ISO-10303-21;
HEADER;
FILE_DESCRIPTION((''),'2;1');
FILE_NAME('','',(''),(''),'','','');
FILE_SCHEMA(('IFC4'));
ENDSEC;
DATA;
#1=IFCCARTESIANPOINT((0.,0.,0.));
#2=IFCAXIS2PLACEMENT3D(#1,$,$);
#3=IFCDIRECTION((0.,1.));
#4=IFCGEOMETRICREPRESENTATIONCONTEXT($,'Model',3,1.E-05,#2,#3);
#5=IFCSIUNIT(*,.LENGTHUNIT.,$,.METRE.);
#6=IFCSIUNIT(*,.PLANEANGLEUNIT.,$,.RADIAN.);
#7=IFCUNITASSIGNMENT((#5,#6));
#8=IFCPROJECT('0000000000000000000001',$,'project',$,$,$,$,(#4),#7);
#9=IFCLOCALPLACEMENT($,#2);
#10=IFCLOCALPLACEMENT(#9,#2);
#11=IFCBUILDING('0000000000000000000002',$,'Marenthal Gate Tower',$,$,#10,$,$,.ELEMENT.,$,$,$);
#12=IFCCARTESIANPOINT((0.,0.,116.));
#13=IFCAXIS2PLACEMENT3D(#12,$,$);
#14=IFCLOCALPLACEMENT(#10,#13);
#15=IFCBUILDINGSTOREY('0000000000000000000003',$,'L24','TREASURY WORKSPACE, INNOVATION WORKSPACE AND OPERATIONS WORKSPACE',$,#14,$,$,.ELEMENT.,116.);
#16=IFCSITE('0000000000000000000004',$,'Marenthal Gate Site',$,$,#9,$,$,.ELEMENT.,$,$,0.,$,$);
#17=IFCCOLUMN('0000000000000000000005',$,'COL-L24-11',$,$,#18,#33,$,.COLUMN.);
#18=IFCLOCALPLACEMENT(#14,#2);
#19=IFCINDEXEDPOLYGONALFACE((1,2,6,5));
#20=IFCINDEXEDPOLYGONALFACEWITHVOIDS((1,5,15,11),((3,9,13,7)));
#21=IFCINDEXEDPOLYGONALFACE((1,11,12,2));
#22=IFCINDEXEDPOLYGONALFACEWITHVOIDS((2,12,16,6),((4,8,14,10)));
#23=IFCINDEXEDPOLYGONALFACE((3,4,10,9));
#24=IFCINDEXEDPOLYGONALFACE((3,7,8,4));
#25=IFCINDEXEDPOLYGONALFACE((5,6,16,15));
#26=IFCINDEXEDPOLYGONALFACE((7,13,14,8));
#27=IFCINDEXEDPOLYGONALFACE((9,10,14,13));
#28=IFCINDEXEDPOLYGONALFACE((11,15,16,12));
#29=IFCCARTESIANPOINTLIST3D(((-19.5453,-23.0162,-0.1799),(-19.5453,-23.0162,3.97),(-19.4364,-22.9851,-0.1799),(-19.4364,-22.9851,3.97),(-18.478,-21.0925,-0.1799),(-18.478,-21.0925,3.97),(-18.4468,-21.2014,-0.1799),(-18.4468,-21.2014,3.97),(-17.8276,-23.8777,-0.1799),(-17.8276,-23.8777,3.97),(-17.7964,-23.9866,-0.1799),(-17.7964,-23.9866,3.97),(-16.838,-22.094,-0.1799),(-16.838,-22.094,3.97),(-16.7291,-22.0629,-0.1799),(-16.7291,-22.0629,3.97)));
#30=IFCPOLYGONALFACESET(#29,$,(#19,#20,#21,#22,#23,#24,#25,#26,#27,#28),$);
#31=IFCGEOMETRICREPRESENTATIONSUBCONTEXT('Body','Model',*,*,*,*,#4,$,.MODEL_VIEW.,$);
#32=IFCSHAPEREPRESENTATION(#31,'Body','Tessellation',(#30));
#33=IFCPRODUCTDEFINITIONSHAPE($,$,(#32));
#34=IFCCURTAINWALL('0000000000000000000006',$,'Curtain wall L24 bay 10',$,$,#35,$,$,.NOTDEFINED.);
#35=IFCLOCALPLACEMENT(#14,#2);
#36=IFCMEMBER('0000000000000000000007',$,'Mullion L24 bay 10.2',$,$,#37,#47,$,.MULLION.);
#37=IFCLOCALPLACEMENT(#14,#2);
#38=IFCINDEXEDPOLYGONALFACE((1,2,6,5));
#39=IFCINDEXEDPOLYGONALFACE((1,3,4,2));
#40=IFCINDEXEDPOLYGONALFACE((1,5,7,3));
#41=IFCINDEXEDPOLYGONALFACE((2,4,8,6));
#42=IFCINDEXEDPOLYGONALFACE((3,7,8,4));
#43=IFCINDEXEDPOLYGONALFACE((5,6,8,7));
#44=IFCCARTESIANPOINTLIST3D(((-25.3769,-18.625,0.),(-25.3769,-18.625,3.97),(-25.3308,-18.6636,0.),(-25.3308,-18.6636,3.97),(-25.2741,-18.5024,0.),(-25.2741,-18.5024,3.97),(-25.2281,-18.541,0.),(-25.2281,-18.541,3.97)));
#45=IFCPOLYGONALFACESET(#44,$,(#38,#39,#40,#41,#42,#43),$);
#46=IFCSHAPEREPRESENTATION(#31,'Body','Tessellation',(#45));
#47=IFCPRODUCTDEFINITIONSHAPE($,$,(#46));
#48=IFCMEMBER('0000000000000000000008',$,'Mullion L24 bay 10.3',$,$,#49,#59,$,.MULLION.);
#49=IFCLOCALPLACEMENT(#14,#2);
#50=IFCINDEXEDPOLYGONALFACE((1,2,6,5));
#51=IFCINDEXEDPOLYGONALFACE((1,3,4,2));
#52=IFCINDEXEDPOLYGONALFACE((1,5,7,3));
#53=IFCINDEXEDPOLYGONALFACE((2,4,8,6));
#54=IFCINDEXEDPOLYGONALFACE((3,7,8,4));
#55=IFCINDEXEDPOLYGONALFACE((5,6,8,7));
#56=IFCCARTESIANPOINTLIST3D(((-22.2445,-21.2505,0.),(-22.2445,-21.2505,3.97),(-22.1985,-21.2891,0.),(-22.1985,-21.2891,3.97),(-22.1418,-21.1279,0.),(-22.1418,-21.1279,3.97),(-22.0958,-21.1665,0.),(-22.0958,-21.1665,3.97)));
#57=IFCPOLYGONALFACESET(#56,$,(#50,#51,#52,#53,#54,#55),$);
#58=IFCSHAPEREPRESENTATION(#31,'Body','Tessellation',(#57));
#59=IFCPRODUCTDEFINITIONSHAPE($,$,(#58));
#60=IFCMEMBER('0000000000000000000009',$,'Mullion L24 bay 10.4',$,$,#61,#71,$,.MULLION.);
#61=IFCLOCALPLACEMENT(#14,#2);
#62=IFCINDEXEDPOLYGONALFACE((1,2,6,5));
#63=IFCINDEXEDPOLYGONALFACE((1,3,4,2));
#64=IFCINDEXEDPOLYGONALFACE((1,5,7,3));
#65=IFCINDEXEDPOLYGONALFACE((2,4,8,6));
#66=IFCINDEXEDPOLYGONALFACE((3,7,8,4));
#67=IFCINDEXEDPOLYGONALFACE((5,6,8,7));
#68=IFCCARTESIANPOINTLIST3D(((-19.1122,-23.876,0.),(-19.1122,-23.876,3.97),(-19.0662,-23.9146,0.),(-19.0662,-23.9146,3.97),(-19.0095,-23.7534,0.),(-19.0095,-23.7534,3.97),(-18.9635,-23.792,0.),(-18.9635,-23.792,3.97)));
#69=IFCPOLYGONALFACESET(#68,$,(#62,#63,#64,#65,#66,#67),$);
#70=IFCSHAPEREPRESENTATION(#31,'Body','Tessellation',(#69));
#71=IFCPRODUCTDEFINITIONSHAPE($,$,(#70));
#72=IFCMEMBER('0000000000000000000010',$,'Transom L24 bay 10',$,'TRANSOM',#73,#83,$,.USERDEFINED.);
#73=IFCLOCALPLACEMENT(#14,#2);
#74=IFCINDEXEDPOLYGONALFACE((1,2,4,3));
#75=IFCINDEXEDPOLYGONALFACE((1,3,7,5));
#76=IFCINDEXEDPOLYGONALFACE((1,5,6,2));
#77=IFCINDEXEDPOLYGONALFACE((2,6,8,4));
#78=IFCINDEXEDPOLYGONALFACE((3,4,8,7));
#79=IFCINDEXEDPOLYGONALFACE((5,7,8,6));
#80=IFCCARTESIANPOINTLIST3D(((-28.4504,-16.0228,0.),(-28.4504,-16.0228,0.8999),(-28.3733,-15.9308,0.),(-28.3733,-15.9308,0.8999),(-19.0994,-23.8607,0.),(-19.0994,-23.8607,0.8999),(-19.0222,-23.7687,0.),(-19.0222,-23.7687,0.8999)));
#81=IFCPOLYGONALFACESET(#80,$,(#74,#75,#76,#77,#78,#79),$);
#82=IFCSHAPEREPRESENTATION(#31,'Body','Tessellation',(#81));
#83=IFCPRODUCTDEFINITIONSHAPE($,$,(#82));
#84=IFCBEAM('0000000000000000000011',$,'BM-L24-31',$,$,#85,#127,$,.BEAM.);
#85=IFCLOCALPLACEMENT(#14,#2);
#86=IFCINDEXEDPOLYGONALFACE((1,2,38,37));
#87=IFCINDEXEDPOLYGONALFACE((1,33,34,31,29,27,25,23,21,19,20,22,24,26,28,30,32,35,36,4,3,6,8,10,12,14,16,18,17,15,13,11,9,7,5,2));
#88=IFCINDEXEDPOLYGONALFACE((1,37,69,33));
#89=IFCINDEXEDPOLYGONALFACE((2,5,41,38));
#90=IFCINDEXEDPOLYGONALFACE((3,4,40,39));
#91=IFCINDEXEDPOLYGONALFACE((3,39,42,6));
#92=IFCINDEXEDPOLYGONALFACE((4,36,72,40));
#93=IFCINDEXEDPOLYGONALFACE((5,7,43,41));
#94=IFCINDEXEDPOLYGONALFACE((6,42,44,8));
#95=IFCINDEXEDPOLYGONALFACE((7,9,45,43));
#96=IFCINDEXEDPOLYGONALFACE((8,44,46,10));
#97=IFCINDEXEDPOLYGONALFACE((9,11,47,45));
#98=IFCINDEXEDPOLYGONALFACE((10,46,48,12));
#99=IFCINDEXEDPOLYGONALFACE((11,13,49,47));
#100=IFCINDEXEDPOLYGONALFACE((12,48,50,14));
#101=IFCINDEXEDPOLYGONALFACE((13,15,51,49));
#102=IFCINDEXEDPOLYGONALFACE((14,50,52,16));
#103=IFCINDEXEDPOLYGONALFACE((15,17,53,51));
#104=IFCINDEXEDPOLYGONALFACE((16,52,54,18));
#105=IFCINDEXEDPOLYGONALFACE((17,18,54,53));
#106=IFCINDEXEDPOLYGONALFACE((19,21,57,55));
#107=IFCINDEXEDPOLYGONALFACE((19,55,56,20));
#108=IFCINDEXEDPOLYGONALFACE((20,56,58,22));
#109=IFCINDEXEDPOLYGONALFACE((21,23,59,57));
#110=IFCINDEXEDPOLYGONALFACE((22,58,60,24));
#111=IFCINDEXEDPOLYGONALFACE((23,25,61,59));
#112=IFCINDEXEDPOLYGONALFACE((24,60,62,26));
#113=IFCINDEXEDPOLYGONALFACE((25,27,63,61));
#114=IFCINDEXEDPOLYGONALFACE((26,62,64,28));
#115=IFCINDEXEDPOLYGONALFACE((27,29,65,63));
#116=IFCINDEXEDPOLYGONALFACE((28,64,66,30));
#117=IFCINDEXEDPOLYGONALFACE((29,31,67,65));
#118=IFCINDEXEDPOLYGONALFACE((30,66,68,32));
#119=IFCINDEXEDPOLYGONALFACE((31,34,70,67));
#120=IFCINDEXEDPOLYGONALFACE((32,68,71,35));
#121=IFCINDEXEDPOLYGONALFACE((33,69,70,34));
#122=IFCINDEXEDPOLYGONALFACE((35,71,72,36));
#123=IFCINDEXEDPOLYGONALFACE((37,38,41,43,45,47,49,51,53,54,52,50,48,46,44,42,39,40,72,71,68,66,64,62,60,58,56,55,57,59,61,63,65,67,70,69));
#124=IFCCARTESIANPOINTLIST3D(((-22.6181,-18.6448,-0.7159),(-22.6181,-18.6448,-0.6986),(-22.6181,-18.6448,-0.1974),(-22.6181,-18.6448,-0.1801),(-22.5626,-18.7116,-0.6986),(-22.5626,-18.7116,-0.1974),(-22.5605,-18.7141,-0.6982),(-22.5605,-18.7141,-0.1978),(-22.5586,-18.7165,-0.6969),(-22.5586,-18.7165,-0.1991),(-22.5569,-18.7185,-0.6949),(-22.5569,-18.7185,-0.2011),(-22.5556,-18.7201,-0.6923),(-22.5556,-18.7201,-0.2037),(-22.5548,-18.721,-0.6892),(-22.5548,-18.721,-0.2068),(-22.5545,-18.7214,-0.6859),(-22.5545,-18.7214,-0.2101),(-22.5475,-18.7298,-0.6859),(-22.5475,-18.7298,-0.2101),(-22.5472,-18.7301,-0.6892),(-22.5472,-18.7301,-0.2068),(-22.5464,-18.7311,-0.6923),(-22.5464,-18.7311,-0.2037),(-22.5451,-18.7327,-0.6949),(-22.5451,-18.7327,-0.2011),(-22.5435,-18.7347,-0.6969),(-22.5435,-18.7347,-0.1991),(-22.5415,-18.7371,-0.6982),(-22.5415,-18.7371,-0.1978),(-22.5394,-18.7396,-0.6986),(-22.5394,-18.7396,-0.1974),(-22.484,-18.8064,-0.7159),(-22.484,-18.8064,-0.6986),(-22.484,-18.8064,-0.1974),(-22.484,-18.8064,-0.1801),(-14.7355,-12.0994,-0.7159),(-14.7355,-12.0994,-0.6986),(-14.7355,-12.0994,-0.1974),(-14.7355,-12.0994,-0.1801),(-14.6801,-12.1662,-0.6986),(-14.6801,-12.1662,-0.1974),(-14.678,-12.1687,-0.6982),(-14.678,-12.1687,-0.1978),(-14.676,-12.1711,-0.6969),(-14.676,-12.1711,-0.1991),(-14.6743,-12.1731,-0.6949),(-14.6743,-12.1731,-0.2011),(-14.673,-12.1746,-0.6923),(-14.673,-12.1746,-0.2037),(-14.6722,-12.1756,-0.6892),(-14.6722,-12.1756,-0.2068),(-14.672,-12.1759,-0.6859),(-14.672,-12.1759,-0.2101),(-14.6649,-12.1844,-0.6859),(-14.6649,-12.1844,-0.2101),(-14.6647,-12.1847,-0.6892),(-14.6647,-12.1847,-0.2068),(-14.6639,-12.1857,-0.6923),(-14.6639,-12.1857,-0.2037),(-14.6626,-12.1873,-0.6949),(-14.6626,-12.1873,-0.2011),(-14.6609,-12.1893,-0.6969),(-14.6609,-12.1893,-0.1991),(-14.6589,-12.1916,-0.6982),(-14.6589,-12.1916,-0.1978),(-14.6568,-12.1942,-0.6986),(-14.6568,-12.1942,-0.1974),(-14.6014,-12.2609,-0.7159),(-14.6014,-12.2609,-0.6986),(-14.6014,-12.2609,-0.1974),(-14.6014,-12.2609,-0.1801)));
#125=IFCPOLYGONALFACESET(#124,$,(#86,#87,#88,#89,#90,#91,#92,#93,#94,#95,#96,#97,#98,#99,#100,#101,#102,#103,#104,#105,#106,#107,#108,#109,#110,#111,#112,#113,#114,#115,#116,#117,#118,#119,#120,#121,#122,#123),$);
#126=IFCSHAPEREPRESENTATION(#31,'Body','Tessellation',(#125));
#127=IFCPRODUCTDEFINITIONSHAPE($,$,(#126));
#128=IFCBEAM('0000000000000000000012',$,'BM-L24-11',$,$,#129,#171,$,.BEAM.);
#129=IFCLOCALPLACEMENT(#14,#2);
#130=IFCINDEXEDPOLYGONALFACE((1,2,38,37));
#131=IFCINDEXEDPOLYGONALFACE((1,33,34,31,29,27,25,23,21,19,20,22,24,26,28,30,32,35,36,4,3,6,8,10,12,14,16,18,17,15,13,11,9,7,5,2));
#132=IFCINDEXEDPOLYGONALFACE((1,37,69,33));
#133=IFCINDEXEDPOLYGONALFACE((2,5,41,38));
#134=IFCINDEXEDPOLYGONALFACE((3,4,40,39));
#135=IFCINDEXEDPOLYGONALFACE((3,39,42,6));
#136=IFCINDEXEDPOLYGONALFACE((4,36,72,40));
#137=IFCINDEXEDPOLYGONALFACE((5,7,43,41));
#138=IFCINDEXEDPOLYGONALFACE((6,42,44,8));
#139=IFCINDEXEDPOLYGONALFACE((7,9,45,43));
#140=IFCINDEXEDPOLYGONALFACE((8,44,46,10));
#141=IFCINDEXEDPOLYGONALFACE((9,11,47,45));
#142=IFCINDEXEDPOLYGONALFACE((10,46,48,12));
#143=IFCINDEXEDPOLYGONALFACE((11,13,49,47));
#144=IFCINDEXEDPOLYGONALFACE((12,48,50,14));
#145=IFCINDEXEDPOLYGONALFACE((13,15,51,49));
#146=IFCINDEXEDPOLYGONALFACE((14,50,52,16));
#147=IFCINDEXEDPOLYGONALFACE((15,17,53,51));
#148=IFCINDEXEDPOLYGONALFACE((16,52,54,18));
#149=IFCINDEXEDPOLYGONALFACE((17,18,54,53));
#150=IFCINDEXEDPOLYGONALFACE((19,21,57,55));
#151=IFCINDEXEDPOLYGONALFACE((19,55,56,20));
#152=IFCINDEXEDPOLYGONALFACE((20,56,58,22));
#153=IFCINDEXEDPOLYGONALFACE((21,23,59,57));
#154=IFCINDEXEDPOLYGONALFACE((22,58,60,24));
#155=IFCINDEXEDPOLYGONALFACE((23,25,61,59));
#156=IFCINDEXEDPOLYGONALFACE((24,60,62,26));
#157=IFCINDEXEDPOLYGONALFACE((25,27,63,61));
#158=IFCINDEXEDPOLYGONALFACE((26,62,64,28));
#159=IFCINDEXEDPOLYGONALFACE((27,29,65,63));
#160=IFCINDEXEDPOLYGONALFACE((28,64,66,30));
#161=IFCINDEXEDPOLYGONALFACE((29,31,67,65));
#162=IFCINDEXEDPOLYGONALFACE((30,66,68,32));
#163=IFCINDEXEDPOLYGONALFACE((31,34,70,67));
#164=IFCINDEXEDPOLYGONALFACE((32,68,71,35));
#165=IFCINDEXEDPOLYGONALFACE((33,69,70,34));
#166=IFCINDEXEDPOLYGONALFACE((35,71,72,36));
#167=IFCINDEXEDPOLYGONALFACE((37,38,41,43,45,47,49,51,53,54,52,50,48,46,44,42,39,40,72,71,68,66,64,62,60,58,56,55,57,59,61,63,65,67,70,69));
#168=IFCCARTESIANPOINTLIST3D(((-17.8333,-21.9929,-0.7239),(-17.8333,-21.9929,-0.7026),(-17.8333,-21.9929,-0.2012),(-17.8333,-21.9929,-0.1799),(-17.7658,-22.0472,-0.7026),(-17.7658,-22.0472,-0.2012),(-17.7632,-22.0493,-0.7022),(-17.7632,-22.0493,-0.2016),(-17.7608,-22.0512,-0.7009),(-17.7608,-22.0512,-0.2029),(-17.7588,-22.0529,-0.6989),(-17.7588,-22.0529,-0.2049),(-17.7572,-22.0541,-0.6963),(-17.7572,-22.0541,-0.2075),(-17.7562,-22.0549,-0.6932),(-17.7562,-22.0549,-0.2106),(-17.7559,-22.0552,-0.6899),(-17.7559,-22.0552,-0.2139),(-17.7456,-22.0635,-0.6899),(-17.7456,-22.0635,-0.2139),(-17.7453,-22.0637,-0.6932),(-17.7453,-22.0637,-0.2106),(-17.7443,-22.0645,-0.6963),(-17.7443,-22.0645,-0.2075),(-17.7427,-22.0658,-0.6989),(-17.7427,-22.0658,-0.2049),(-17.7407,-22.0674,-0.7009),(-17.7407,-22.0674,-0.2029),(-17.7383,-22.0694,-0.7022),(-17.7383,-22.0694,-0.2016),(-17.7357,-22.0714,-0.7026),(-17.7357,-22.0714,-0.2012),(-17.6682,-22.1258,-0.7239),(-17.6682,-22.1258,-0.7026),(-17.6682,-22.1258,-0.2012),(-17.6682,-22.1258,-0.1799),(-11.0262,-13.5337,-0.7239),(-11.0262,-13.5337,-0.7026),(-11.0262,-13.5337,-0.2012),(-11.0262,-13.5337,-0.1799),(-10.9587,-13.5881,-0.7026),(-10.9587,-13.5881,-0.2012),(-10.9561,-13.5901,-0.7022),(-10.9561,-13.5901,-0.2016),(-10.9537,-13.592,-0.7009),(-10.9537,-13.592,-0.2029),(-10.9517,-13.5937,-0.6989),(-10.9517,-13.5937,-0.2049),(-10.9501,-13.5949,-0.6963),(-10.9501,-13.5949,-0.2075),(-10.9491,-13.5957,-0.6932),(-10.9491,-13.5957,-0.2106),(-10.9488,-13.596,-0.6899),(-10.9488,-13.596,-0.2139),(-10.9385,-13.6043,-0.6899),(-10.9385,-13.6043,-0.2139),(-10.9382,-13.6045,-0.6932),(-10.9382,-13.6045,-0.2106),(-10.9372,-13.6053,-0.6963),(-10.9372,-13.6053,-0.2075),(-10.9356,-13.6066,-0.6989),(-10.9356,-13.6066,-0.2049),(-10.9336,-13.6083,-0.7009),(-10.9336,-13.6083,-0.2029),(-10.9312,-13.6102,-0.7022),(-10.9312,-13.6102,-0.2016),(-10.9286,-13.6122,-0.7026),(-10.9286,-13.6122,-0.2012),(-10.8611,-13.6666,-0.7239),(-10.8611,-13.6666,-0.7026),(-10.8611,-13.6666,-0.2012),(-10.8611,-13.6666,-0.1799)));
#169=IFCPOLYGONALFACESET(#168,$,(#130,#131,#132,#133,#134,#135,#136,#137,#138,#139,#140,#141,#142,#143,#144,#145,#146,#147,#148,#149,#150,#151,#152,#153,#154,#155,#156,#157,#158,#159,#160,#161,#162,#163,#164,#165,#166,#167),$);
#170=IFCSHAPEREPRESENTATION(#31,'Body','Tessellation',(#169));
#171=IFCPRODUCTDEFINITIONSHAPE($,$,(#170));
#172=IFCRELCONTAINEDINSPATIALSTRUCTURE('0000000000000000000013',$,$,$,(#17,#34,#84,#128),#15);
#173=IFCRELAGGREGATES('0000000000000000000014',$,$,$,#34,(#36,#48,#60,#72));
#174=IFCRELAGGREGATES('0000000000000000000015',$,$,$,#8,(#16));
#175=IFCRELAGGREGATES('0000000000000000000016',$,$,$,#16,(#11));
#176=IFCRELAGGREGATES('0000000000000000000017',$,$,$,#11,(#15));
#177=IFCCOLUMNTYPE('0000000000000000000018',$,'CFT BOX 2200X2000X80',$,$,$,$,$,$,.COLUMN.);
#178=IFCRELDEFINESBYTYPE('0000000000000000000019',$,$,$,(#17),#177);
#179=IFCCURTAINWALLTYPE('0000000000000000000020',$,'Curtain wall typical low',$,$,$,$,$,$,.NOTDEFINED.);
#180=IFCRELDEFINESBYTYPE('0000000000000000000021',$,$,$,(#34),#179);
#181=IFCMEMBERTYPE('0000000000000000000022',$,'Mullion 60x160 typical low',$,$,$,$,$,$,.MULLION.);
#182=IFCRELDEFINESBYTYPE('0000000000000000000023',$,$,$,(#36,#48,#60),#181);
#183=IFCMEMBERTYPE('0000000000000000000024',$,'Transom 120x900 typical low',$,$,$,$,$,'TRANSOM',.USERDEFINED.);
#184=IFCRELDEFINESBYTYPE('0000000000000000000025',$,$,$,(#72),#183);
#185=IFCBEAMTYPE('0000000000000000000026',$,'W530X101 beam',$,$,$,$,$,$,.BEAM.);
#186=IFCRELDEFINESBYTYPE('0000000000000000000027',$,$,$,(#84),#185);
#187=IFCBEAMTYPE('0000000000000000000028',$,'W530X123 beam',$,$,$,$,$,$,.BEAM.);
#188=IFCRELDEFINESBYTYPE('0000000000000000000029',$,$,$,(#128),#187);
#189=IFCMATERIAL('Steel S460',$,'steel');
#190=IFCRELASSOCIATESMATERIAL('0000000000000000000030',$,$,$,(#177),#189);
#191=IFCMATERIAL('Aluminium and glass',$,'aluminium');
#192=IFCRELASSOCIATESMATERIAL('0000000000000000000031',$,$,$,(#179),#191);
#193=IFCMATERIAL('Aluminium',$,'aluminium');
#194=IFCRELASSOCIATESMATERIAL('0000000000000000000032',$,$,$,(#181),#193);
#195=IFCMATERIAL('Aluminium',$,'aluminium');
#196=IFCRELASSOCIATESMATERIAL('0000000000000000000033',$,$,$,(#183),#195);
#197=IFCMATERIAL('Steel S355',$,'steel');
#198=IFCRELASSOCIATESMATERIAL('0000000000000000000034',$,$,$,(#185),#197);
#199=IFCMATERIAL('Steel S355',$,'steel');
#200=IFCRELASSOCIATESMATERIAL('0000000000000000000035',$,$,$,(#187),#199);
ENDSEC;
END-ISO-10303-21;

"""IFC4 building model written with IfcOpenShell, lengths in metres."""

from ifc_helpers import new_model, si_unit, direction, frame, origin, origin_2d, place, context, subcontext, project, spatial, rectangle, hollow_rectangle, i_section, extrude, material, material_profile, profile_set, type_object, element, aggregate, save


model = new_model("IFC4")

# Units and contexts
model_context = context("Model", 3, precision=1e-05, world=origin(), true_north=direction((0.0, 1.0)))
body_context = subcontext(model_context, "Body", "Model", "MODEL_VIEW")
ifc_project = project(units=[si_unit("LENGTHUNIT", "METRE"), si_unit("PLANEANGLEUNIT", "RADIAN")], contexts=[model_context])

# Site, building, storey
site_placement = place(None, origin())
site = spatial("IfcSite", under=ifc_project, at=site_placement, Name="Marenthal Gate Site", CompositionType="ELEMENT", RefElevation=0.0)
building_placement = place(site_placement, origin())
building = spatial("IfcBuilding", under=site, at=building_placement, Name="Marenthal Gate Tower", CompositionType="ELEMENT")
storey_placement = place(building_placement, frame((0.0, 0.0, 116.0)))
storey = spatial("IfcBuildingStorey", under=building, at=storey_placement, Name="L24", Description="TREASURY WORKSPACE, INNOVATION WORKSPACE AND OPERATIONS WORKSPACE", CompositionType="ELEMENT", Elevation=116.0)

# Column
ifc_material_1 = material(Name="Steel S460", Category="steel")
ifc_material_profile_1 = material_profile(ifc_material_1, hollow_rectangle(XDim=2.0, YDim=2.2, WallThickness=0.0801, at=origin_2d()), Name="CFT BOX 2200X2000X80")
ifc_material_2 = material(Name="Concrete 70 MPa", Category="concrete")
ifc_material_profile_2 = material_profile(ifc_material_2, rectangle(XDim=1.8401, YDim=2.04, at=origin_2d()), Name="CFT BOX 2200X2000X80 INFILL")
ifc_profile_set_1 = profile_set([ifc_material_profile_1, ifc_material_profile_2], Name="Steel S460 shell, Concrete 70 MPa infill")
column_type = type_object("IfcColumnType", Name="CFT BOX 2200X2000X80", PredefinedType="COLUMN", material=ifc_profile_set_1)
column_placement = place(storey_placement, frame((-18.1372, -22.5396, -0.1799), z_axis=(0.0, 0.0, 1.0), x_axis=(-0.874427, 0.485158, 0.0)))
element("IfcColumn", 1, at=column_placement, inside=storey, type_object=column_type, Name="COL-L24-11", PredefinedType="COLUMN", context=body_context, shape_type="SweptSolid", body=[
    extrude(hollow_rectangle(XDim=2.0, YDim=2.2, WallThickness=0.0801, at=origin_2d()), origin(), (0.0, 0.0, 1.0), 4.1499),
])

# Curtain wall, members
ifc_material_3 = material(Name="Aluminium and glass", Category="aluminium")
curtain_wall_type = type_object("IfcCurtainWallType", Name="Curtain wall typical low", PredefinedType="NOTDEFINED", material=ifc_material_3)
curtain_wall_placement = place(storey_placement, origin())
curtain_wall = element("IfcCurtainWall", 2, at=curtain_wall_placement, inside=storey, type_object=curtain_wall_type, Name="Curtain wall L24 bay 10", PredefinedType="NOTDEFINED")
ifc_material_4 = material(Name="Aluminium", Category="aluminium")
ifc_material_profile_3 = material_profile(ifc_material_4, rectangle(XDim=0.1599, YDim=0.0601, at=origin_2d()), Name="60x160 aluminium mullion")
ifc_profile_set_2 = profile_set([ifc_material_profile_3], Name="Aluminium")
member_type_1 = type_object("IfcMemberType", Name="Mullion 60x160 typical low", PredefinedType="MULLION", material=ifc_profile_set_2)
member_1_placement = place(storey_placement, frame((-25.3025, -18.583, 0.0), z_axis=(0.0, 0.0, 1.0), x_axis=(0.642377, 0.766389, 0.0)))
member_1 = element("IfcMember", 3, at=member_1_placement, type_object=member_type_1, Name="Mullion L24 bay 10.2", PredefinedType="MULLION", context=body_context, shape_type="SweptSolid", body=[
    extrude(rectangle(XDim=0.1599, YDim=0.0601, at=origin_2d()), origin(), (0.0, 0.0, 1.0), 3.97),
])
member_2_placement = place(storey_placement, frame((-22.1702, -21.2085, 0.0), z_axis=(0.0, 0.0, 1.0), x_axis=(0.642377, 0.766389, 0.0)))
member_2 = element("IfcMember", 4, at=member_2_placement, type_object=member_type_1, Name="Mullion L24 bay 10.3", PredefinedType="MULLION", context=body_context, shape_type="SweptSolid", body=[
    extrude(rectangle(XDim=0.1599, YDim=0.0601, at=origin_2d()), origin(), (0.0, 0.0, 1.0), 3.97),
])
member_3_placement = place(storey_placement, frame((-19.0378, -23.834, 0.0), z_axis=(0.0, 0.0, 1.0), x_axis=(0.642377, 0.766389, 0.0)))
member_3 = element("IfcMember", 5, at=member_3_placement, type_object=member_type_1, Name="Mullion L24 bay 10.4", PredefinedType="MULLION", context=body_context, shape_type="SweptSolid", body=[
    extrude(rectangle(XDim=0.1599, YDim=0.0601, at=origin_2d()), origin(), (0.0, 0.0, 1.0), 3.97),
])
ifc_material_5 = material(Name="Aluminium", Category="aluminium")
ifc_material_profile_4 = material_profile(ifc_material_5, rectangle(XDim=0.1201, YDim=0.8999, at=origin_2d()), Name="120x900 aluminium transom")
ifc_profile_set_3 = profile_set([ifc_material_profile_4], Name="Aluminium")
member_type_2 = type_object("IfcMemberType", Name="Transom 120x900 typical low", ElementType="TRANSOM", PredefinedType="USERDEFINED", material=ifc_profile_set_3)
member_4_placement = place(storey_placement, frame((-28.4119, -15.9768, 0.45), z_axis=(0.766391, -0.642374, 0.0), x_axis=(0.642374, 0.766391, 0.0)))
member_4 = element("IfcMember", 6, at=member_4_placement, type_object=member_type_2, Name="Transom L24 bay 10", ObjectType="TRANSOM", PredefinedType="USERDEFINED", context=body_context, shape_type="SweptSolid", body=[
    extrude(rectangle(XDim=0.1201, YDim=0.8999, at=origin_2d()), origin(), (0.0, 0.0, 1.0), 12.2014),
])

# Beams
ifc_material_6 = material(Name="Steel S355", Category="steel")
ifc_material_profile_5 = material_profile(ifc_material_6, i_section(OverallWidth=0.21, OverallDepth=0.5359, WebThickness=0.011, FlangeThickness=0.0173, FilletRadius=0.0127, at=origin_2d()), Name="W530X101")
ifc_profile_set_4 = profile_set([ifc_material_profile_5], Name="Steel S355")
beam_type_1 = type_object("IfcBeamType", Name="W530X101 beam", PredefinedType="BEAM", material=ifc_profile_set_4)
beam_1_placement = place(storey_placement, frame((-22.551, -18.7256, -0.448), z_axis=(0.769343, 0.638836, 0.0), x_axis=(-0.638836, 0.769343, 0.0)))
element("IfcBeam", 7, at=beam_1_placement, inside=storey, type_object=beam_type_1, Name="BM-L24-31", PredefinedType="BEAM", context=body_context, shape_type="SweptSolid", body=[
    extrude(i_section(OverallWidth=0.21, OverallDepth=0.5359, WebThickness=0.011, FlangeThickness=0.0173, FilletRadius=0.0127, at=origin_2d()), origin(), (0.0, 0.0, 1.0), 10.2458),
])
ifc_material_7 = material(Name="Steel S355", Category="steel")
ifc_material_profile_6 = material_profile(ifc_material_7, i_section(OverallWidth=0.2119, OverallDepth=0.5439, WebThickness=0.0132, FlangeThickness=0.0212, FilletRadius=0.0127, at=origin_2d()), Name="W530X123")
ifc_profile_set_5 = profile_set([ifc_material_profile_6], Name="Steel S355")
beam_type_2 = type_object("IfcBeamType", Name="W530X123 beam", PredefinedType="BEAM", material=ifc_profile_set_5)
beam_2_placement = place(storey_placement, frame((-17.7507, -22.0593, -0.4519), z_axis=(0.626925, 0.77908, 0.0), x_axis=(-0.77908, 0.626925, 0.0)))
element("IfcBeam", 8, at=beam_2_placement, inside=storey, type_object=beam_type_2, Name="BM-L24-11", PredefinedType="BEAM", context=body_context, shape_type="SweptSolid", body=[
    extrude(i_section(OverallWidth=0.2119, OverallDepth=0.5439, WebThickness=0.0132, FlangeThickness=0.0212, FilletRadius=0.0127, at=origin_2d()), origin(), (0.0, 0.0, 1.0), 10.8579),
])

aggregate(curtain_wall, [member_1, member_2, member_3, member_4])

save(model, "model.ifc")
